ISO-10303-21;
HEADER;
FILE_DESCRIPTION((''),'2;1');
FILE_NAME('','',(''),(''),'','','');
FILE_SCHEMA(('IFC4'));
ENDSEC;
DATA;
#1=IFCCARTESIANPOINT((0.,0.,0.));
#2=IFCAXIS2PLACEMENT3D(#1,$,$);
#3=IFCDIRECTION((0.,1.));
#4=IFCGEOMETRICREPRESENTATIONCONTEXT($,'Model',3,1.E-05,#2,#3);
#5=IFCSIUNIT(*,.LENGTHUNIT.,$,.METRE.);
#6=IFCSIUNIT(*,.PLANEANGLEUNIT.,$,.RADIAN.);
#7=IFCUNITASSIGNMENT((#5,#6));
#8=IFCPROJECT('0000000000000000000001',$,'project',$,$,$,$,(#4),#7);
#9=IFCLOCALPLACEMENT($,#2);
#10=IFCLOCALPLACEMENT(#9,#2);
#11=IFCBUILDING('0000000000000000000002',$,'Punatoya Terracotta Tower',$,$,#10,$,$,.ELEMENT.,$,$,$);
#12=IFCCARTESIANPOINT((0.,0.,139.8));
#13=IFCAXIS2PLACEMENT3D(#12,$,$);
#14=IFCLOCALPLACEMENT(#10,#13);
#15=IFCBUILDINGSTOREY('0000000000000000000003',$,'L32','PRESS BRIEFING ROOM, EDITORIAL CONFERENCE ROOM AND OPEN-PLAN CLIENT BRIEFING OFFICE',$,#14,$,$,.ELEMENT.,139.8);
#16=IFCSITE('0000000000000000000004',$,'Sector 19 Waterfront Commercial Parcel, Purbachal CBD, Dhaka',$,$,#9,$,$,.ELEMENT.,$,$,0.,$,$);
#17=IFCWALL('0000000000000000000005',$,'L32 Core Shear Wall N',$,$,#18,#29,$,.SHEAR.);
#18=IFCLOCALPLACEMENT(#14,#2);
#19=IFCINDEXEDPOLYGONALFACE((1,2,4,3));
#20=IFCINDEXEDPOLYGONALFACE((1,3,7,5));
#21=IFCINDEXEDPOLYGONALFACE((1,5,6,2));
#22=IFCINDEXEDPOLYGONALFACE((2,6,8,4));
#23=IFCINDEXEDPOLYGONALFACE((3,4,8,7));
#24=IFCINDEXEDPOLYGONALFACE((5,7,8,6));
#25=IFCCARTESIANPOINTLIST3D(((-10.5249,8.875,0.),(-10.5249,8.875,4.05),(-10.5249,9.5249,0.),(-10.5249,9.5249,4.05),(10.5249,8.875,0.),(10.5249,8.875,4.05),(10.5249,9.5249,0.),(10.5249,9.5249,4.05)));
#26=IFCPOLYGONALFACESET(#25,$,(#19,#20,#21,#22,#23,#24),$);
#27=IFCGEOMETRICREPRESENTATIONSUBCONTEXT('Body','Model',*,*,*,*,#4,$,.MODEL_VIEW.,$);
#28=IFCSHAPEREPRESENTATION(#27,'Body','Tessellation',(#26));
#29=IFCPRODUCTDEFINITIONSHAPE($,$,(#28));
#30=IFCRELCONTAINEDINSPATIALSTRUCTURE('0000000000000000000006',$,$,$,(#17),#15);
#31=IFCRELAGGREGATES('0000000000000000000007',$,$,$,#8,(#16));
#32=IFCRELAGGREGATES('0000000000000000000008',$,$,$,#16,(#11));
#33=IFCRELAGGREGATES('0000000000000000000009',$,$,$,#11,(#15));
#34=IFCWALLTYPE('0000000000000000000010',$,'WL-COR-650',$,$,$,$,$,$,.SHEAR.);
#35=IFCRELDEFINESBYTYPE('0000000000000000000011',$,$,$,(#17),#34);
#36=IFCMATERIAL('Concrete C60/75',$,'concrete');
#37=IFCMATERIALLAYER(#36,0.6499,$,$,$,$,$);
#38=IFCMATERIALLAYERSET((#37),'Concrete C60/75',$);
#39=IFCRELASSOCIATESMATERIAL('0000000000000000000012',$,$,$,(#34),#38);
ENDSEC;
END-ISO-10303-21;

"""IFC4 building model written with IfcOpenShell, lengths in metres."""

from ifc_helpers import new_model, si_unit, direction, frame, frame_2d, origin, place, context, subcontext, project, spatial, rectangle, extrude, material, layer, layer_set, type_object, element, save


model = new_model("IFC4")

# Units and contexts
model_context = context("Model", 3, precision=1e-05, world=origin(), true_north=direction((0.0, 1.0)))
body_context = subcontext(model_context, "Body", "Model", "MODEL_VIEW")
ifc_project = project(units=[si_unit("LENGTHUNIT", "METRE"), si_unit("PLANEANGLEUNIT", "RADIAN")], contexts=[model_context])

# Site, building, storey
site_placement = place(None, origin())
site = spatial("IfcSite", under=ifc_project, at=site_placement, Name="Sector 19 Waterfront Commercial Parcel, Purbachal CBD, Dhaka", CompositionType="ELEMENT", RefElevation=0.0)
building_placement = place(site_placement, origin())
building = spatial("IfcBuilding", under=site, at=building_placement, Name="Punatoya Terracotta Tower", CompositionType="ELEMENT")
storey_placement = place(building_placement, frame((0.0, 0.0, 139.8)))
storey = spatial("IfcBuildingStorey", under=building, at=storey_placement, Name="L32", Description="PRESS BRIEFING ROOM, EDITORIAL CONFERENCE ROOM AND OPEN-PLAN CLIENT BRIEFING OFFICE", CompositionType="ELEMENT", Elevation=139.8)

# Wall
ifc_material_1 = material(Name="Concrete C60/75", Category="concrete")
ifc_layer_1 = layer(ifc_material_1, 0.6499)
ifc_layer_set_1 = layer_set([ifc_layer_1], Name="Concrete C60/75")
wall_type = type_object("IfcWallType", Name="WL-COR-650", PredefinedType="SHEAR", material=ifc_layer_set_1)
wall_placement = place(storey_placement, frame((-10.5249, 9.2, 0.0), z_axis=(0.0, 0.0, 1.0), x_axis=(1.0, 0.0, 0.0)))
element("IfcWall", 1, at=wall_placement, inside=storey, type_object=wall_type, Name="L32 Core Shear Wall N", PredefinedType="SHEAR", context=body_context, shape_type="SweptSolid", body=[
    extrude(rectangle(XDim=21.0498, YDim=0.6499, at=frame_2d((10.5249, 0.0))), origin(), (0.0, 0.0, 1.0), 4.05),
])

save(model, "model.ifc")
